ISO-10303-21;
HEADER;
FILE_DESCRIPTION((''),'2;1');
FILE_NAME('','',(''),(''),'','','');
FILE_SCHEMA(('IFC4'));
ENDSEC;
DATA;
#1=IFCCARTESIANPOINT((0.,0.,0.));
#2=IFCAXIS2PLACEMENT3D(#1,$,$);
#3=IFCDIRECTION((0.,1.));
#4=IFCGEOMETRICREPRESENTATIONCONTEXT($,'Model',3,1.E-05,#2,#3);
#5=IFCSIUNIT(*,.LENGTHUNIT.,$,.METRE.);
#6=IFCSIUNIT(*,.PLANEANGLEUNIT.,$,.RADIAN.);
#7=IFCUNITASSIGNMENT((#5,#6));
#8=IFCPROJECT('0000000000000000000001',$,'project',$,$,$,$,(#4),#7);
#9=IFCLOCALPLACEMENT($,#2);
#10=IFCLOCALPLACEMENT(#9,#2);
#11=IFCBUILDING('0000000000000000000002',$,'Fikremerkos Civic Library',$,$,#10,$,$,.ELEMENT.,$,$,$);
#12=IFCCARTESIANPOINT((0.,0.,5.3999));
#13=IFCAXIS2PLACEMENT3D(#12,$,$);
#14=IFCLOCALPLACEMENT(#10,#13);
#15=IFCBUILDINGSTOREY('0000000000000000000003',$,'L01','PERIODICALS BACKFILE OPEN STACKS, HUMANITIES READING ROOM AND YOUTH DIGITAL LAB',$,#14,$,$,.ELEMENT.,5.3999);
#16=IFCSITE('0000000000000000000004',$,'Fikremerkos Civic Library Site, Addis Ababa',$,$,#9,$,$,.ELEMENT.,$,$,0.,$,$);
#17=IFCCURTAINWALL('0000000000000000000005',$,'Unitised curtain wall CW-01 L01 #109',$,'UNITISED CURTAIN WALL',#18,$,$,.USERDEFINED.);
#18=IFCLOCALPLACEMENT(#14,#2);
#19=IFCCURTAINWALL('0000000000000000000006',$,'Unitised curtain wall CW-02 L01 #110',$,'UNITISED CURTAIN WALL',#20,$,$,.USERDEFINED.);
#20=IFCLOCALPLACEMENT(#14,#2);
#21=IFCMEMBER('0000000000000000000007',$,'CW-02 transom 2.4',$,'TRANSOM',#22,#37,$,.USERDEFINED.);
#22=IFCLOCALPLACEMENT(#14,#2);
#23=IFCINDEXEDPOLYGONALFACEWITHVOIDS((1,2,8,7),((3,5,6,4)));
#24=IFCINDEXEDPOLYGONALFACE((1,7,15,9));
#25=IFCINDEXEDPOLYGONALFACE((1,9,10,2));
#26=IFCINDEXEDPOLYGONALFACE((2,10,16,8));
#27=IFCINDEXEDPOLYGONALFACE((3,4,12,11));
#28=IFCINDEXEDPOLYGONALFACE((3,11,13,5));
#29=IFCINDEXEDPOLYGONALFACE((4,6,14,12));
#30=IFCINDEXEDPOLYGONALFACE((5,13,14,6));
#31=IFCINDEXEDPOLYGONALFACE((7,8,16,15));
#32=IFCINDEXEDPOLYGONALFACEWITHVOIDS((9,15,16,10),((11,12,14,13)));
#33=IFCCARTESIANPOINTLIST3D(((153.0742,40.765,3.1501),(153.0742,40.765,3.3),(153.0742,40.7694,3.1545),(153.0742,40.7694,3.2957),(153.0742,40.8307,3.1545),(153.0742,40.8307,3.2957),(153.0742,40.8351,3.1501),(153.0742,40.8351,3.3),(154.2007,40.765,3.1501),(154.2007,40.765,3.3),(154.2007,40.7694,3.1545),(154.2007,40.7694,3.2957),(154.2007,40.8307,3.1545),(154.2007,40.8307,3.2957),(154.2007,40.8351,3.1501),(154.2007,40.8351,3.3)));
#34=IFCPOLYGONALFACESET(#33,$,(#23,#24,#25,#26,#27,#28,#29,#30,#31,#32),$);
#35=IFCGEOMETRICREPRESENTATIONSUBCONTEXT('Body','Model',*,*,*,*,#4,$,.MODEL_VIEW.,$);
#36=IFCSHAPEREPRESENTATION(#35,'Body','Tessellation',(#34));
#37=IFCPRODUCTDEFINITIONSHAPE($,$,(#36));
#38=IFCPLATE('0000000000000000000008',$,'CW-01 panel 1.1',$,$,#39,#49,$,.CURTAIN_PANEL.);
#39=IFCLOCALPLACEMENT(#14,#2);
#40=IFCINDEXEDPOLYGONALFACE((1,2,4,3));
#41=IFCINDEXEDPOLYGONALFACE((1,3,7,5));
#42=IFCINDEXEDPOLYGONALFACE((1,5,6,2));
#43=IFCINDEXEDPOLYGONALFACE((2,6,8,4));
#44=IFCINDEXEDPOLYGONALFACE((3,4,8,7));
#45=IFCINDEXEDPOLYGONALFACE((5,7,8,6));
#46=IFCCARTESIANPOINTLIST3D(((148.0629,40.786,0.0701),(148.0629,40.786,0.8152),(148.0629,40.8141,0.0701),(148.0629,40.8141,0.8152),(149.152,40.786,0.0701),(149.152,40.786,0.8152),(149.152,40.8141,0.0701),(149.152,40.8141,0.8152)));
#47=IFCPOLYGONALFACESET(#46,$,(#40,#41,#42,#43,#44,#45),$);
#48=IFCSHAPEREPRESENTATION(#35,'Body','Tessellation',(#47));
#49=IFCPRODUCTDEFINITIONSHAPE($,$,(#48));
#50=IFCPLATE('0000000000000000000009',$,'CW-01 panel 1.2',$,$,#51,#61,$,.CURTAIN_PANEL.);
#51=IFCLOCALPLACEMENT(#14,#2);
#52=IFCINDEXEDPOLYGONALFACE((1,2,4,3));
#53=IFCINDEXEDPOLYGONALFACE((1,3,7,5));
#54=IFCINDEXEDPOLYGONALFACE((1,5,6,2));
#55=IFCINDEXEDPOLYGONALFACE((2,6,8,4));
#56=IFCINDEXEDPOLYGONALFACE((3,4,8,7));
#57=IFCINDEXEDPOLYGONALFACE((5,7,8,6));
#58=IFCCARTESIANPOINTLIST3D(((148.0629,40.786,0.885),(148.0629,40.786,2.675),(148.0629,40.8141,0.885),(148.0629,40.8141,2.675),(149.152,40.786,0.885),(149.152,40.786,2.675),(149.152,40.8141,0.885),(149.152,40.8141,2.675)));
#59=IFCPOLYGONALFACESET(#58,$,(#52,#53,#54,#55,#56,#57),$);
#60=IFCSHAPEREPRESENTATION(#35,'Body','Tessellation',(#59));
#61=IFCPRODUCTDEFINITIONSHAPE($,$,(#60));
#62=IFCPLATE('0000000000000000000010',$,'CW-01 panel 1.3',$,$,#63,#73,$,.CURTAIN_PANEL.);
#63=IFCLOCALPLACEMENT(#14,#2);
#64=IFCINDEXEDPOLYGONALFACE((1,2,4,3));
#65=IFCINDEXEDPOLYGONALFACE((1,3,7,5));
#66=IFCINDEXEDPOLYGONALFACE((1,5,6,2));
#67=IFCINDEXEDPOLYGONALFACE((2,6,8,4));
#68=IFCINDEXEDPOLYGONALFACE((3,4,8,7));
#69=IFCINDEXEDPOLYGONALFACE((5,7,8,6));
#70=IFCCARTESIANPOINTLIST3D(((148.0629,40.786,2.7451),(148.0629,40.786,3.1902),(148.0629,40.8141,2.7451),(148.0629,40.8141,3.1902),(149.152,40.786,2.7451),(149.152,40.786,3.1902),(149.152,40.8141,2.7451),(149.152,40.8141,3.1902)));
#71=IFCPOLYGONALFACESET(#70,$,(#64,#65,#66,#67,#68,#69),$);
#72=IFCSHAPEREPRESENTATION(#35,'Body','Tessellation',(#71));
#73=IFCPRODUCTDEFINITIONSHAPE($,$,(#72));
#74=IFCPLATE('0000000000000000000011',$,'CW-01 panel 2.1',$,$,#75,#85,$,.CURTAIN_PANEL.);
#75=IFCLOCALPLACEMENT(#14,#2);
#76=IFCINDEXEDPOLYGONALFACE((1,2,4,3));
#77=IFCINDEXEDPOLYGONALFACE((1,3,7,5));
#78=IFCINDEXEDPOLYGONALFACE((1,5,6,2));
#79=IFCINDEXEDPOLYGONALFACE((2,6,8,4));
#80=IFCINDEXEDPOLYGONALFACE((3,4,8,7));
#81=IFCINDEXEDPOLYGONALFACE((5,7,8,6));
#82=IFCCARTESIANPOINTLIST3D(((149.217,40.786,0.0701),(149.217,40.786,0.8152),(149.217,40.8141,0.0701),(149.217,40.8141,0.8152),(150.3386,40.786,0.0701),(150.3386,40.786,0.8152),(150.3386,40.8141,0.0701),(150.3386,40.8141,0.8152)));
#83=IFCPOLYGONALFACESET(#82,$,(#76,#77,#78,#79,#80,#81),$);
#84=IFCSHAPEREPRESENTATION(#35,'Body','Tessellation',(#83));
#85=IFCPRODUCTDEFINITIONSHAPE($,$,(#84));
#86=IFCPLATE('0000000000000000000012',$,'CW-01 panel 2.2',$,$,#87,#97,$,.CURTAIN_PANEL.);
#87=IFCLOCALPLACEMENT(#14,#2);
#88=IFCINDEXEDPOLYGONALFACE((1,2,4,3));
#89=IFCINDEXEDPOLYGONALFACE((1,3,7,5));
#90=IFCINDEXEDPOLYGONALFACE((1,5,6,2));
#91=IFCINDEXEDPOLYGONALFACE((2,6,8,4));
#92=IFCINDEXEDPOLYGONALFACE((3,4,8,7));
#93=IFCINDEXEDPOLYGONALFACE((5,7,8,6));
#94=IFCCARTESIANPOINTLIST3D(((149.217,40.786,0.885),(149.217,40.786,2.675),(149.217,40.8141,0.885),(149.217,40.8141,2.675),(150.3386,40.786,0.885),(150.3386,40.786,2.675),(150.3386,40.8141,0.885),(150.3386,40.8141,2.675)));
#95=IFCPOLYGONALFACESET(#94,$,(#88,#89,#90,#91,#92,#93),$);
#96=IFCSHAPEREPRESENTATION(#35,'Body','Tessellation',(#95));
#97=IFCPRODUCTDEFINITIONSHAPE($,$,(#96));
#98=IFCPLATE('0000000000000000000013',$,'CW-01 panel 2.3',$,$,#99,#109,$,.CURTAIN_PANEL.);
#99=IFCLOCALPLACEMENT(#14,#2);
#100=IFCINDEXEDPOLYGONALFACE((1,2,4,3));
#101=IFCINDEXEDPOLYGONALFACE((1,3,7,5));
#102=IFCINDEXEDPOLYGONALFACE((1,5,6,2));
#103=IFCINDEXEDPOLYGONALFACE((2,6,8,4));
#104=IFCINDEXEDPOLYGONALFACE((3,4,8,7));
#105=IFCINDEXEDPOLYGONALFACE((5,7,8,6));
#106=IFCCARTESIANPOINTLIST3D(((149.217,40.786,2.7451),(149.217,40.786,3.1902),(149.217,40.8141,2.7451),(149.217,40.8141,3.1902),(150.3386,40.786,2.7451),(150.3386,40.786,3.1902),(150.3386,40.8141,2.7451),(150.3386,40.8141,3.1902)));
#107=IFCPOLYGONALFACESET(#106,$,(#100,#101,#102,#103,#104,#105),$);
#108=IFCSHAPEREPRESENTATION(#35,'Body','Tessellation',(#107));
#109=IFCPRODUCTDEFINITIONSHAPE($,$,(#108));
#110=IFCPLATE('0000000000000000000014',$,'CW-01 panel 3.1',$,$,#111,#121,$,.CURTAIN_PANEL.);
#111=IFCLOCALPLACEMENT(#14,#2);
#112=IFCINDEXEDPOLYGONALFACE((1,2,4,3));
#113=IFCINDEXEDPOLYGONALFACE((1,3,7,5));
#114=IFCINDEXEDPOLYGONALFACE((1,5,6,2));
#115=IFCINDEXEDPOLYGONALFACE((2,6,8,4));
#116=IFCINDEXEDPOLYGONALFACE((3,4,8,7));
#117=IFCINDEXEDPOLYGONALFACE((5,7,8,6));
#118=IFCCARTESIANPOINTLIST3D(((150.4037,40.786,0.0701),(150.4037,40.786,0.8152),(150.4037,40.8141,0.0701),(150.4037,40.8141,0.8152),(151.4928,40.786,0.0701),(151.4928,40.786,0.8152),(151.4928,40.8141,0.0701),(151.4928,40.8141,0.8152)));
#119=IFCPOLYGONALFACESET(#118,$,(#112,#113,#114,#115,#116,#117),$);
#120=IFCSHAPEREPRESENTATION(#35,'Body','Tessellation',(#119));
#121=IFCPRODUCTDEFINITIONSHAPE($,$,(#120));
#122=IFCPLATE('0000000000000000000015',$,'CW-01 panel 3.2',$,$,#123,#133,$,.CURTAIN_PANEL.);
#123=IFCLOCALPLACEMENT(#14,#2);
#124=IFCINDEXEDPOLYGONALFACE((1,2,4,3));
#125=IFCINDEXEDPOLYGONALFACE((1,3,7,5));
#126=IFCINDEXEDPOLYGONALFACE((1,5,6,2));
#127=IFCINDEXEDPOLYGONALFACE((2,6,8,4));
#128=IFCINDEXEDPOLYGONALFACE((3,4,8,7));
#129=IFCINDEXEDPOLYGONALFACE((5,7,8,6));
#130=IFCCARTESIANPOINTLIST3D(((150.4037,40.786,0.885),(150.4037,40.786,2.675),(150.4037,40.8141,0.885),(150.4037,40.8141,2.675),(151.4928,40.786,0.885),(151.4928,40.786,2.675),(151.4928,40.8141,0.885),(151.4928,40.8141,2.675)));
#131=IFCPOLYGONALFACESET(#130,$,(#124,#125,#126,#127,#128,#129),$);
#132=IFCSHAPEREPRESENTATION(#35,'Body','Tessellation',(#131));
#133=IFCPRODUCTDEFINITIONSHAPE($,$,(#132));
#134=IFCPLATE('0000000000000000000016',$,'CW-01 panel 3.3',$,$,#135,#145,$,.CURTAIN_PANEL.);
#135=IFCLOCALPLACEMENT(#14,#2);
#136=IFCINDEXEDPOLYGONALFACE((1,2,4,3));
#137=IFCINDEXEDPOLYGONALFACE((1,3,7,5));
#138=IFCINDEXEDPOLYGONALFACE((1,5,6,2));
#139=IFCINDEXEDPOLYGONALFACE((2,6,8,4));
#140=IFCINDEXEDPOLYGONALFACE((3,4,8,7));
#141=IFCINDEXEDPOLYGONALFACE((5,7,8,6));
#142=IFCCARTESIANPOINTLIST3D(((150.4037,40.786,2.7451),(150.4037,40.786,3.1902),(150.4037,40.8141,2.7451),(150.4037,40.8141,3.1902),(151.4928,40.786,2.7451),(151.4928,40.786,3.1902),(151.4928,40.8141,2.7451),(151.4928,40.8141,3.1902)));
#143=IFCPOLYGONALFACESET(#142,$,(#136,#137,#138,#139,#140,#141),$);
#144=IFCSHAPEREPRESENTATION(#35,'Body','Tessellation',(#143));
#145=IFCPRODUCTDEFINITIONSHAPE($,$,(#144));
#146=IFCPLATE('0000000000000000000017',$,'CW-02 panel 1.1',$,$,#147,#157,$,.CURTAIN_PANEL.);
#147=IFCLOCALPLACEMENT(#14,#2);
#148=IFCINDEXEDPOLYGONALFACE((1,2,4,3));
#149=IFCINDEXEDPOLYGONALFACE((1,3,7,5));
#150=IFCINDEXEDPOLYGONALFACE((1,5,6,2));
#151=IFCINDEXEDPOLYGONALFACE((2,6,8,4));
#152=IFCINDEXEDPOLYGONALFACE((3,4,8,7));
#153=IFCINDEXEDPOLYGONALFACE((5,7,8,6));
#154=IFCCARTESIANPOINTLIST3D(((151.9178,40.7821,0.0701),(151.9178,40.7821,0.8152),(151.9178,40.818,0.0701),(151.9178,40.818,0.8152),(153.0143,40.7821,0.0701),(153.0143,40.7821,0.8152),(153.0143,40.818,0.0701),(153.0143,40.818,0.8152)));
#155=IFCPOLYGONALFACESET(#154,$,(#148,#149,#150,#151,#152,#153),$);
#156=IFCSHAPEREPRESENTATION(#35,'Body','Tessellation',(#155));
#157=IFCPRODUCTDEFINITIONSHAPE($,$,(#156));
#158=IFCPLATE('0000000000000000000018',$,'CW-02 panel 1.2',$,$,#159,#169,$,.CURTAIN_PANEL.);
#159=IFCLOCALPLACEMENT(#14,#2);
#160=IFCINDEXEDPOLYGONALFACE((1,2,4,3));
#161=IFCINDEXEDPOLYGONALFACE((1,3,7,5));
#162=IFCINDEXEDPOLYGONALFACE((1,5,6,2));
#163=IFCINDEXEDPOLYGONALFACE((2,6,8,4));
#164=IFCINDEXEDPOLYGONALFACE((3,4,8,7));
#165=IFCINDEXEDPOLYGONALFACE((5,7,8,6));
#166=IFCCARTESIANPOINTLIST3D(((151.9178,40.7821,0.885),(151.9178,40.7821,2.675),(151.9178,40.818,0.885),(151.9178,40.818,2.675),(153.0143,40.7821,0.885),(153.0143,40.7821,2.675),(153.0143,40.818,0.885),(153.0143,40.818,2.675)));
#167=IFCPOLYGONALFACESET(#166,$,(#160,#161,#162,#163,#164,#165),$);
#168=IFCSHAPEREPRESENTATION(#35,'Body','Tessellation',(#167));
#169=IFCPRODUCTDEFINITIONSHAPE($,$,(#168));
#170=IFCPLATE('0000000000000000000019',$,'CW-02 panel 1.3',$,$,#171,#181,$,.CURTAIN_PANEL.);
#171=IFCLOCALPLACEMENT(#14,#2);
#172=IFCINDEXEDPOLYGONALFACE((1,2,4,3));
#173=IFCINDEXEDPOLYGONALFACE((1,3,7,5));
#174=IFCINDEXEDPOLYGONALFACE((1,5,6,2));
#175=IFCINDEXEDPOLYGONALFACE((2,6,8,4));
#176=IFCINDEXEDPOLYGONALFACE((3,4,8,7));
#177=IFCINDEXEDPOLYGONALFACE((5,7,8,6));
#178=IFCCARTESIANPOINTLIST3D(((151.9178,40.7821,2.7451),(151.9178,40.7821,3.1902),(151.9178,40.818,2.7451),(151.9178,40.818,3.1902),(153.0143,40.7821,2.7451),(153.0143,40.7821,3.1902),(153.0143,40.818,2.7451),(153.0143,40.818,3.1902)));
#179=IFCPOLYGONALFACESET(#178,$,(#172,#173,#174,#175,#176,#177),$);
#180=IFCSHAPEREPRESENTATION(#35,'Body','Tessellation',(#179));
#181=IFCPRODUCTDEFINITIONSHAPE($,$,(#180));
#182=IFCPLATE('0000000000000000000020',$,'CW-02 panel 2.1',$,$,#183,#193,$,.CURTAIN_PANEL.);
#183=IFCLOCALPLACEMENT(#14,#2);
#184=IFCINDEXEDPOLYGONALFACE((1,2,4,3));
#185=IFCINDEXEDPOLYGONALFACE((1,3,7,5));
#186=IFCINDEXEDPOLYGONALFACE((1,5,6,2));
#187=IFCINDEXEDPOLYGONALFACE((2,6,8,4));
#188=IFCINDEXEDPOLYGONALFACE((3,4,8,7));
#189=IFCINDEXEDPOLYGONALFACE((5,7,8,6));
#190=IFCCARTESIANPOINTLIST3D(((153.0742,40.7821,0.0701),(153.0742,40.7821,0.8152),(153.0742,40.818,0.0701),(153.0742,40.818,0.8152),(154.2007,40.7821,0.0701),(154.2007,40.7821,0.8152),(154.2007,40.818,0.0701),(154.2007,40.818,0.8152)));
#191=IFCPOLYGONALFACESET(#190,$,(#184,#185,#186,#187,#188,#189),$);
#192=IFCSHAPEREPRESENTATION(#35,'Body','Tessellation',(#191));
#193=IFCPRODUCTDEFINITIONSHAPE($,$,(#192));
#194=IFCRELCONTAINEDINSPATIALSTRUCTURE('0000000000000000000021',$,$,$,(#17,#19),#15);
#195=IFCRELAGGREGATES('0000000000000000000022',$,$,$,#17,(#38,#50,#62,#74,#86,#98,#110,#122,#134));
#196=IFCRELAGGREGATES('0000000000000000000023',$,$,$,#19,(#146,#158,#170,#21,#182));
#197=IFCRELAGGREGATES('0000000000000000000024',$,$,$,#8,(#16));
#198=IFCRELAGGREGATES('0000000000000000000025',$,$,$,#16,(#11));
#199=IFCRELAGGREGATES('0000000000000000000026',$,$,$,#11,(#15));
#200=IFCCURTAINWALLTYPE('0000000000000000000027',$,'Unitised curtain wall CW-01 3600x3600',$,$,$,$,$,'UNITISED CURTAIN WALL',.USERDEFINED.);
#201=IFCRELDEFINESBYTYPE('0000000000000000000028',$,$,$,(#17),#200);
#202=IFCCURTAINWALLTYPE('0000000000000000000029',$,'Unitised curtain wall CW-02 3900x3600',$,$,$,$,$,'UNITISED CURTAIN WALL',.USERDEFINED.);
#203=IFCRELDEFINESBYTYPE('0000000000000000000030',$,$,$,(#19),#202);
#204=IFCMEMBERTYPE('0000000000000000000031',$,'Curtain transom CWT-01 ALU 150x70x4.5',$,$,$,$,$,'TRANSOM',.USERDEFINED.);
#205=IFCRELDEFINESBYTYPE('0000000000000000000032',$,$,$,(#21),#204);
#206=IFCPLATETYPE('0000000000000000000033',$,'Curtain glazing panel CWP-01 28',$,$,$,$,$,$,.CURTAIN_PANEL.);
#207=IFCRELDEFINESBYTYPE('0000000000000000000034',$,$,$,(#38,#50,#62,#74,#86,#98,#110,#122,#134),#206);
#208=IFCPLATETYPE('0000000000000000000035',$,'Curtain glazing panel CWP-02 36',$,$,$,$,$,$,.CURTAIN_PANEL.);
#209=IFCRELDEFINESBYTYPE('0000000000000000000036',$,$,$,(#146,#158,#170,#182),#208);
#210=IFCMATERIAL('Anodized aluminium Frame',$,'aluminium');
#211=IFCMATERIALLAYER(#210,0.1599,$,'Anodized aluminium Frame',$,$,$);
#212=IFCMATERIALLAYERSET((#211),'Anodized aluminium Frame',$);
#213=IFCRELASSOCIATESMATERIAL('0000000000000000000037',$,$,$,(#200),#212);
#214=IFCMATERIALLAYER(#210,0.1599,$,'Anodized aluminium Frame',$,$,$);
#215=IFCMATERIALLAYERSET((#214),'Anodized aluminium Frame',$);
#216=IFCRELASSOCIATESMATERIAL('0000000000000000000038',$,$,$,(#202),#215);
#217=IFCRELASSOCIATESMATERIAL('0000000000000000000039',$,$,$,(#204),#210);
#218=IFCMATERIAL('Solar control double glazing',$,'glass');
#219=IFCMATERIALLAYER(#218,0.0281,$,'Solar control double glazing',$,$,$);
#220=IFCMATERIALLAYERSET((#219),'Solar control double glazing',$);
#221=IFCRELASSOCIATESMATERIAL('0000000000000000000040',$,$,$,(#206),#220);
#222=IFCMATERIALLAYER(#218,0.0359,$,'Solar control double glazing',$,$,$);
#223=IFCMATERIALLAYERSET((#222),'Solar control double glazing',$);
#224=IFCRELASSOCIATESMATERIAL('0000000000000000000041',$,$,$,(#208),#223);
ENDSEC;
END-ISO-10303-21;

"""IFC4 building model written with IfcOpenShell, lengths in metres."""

from ifc_helpers import new_model, si_unit, direction, frame, origin, origin_2d, place, context, subcontext, project, spatial, rectangle, hollow_rectangle, extrude, material, layer, layer_set, material_profile, profile_set, type_object, element, aggregate, save


model = new_model("IFC4")

# Units and contexts
model_context = context("Model", 3, precision=1e-05, world=origin(), true_north=direction((0.0, 1.0)))
body_context = subcontext(model_context, "Body", "Model", "MODEL_VIEW")
ifc_project = project(units=[si_unit("LENGTHUNIT", "METRE"), si_unit("PLANEANGLEUNIT", "RADIAN")], contexts=[model_context])

# Site, building, storey
site_placement = place(None, origin())
site = spatial("IfcSite", under=ifc_project, at=site_placement, Name="Fikremerkos Civic Library Site, Addis Ababa", CompositionType="ELEMENT", RefElevation=0.0)
building_placement = place(site_placement, origin())
building = spatial("IfcBuilding", under=site, at=building_placement, Name="Fikremerkos Civic Library", CompositionType="ELEMENT")
storey_placement = place(building_placement, frame((0.0, 0.0, 5.3999)))
storey = spatial("IfcBuildingStorey", under=building, at=storey_placement, Name="L01", Description="PERIODICALS BACKFILE OPEN STACKS, HUMANITIES READING ROOM AND YOUTH DIGITAL LAB", CompositionType="ELEMENT", Elevation=5.3999)

# Curtain walls
ifc_material_1 = material(Name="Anodized aluminium Frame", Category="aluminium")
ifc_layer_1 = layer(ifc_material_1, 0.1599, Name="Anodized aluminium Frame")
ifc_layer_set_1 = layer_set([ifc_layer_1], Name="Anodized aluminium Frame")
curtain_wall_type_1 = type_object("IfcCurtainWallType", Name="Unitised curtain wall CW-01 3600x3600", ElementType="UNITISED CURTAIN WALL", PredefinedType="USERDEFINED", material=ifc_layer_set_1)
curtain_wall_1_placement = place(storey_placement, origin())
curtain_wall_1 = element("IfcCurtainWall", 1, at=curtain_wall_1_placement, inside=storey, type_object=curtain_wall_type_1, Name="Unitised curtain wall CW-01 L01 #109", ObjectType="UNITISED CURTAIN WALL", PredefinedType="USERDEFINED")
ifc_layer_2 = layer(ifc_material_1, 0.1599, Name="Anodized aluminium Frame")
ifc_layer_set_2 = layer_set([ifc_layer_2], Name="Anodized aluminium Frame")
curtain_wall_type_2 = type_object("IfcCurtainWallType", Name="Unitised curtain wall CW-02 3900x3600", ElementType="UNITISED CURTAIN WALL", PredefinedType="USERDEFINED", material=ifc_layer_set_2)
curtain_wall_2_placement = place(storey_placement, origin())
curtain_wall_2 = element("IfcCurtainWall", 2, at=curtain_wall_2_placement, inside=storey, type_object=curtain_wall_type_2, Name="Unitised curtain wall CW-02 L01 #110", ObjectType="UNITISED CURTAIN WALL", PredefinedType="USERDEFINED")

# Member
ifc_material_profile_1 = material_profile(ifc_material_1, hollow_rectangle(XDim=0.0701, YDim=0.1499, WallThickness=0.0044, at=origin_2d()), Name="ALU 150x70x4.5")
ifc_profile_set_1 = profile_set([ifc_material_profile_1], Name="Anodized aluminium Frame")
member_type_1 = type_object("IfcMemberType", Name="Curtain transom CWT-01 ALU 150x70x4.5", ElementType="TRANSOM", PredefinedType="USERDEFINED", material=ifc_profile_set_1)
member_1_placement = place(storey_placement, frame((153.0742, 40.8, 3.2251), z_axis=(1.0, 0.0, 0.0), x_axis=(0.0, 1.0, 0.0)))
member_1 = element("IfcMember", 3, at=member_1_placement, type_object=member_type_1, Name="CW-02 transom 2.4", ObjectType="TRANSOM", PredefinedType="USERDEFINED", context=body_context, shape_type="SweptSolid", body=[
    extrude(hollow_rectangle(XDim=0.0701, YDim=0.1499, WallThickness=0.0044, at=origin_2d()), origin(), (0.0, 0.0, 1.0), 1.1265),
])

# Plates
ifc_material_2 = material(Name="Solar control double glazing", Category="glass")
ifc_layer_3 = layer(ifc_material_2, 0.0281, Name="Solar control double glazing")
ifc_layer_set_3 = layer_set([ifc_layer_3], Name="Solar control double glazing")
plate_type_1 = type_object("IfcPlateType", Name="Curtain glazing panel CWP-01 28", PredefinedType="CURTAIN_PANEL", material=ifc_layer_set_3)
plate_1_placement = place(storey_placement, frame((148.6074, 40.8, 0.0701), z_axis=(0.0, 0.0, 1.0), x_axis=(1.0, 0.0, 0.0)))
plate_1 = element("IfcPlate", 4, at=plate_1_placement, type_object=plate_type_1, Name="CW-01 panel 1.1", PredefinedType="CURTAIN_PANEL", context=body_context, shape_type="SweptSolid", body=[
    extrude(rectangle(XDim=1.0891, YDim=0.0281, at=origin_2d()), origin(), (0.0, 0.0, 1.0), 0.7451),
])
plate_2_placement = place(storey_placement, frame((148.6074, 40.8, 0.885), z_axis=(0.0, 0.0, 1.0), x_axis=(1.0, 0.0, 0.0)))
plate_2 = element("IfcPlate", 5, at=plate_2_placement, type_object=plate_type_1, Name="CW-01 panel 1.2", PredefinedType="CURTAIN_PANEL", context=body_context, shape_type="SweptSolid", body=[
    extrude(rectangle(XDim=1.0891, YDim=0.0281, at=origin_2d()), origin(), (0.0, 0.0, 1.0), 1.79),
])
plate_3_placement = place(storey_placement, frame((148.6074, 40.8, 2.7451), z_axis=(0.0, 0.0, 1.0), x_axis=(1.0, 0.0, 0.0)))
plate_3 = element("IfcPlate", 6, at=plate_3_placement, type_object=plate_type_1, Name="CW-01 panel 1.3", PredefinedType="CURTAIN_PANEL", context=body_context, shape_type="SweptSolid", body=[
    extrude(rectangle(XDim=1.0891, YDim=0.0281, at=origin_2d()), origin(), (0.0, 0.0, 1.0), 0.4451),
])
plate_4_placement = place(storey_placement, frame((149.7778, 40.8, 0.0701), z_axis=(0.0, 0.0, 1.0), x_axis=(1.0, 0.0, 0.0)))
plate_4 = element("IfcPlate", 7, at=plate_4_placement, type_object=plate_type_1, Name="CW-01 panel 2.1", PredefinedType="CURTAIN_PANEL", context=body_context, shape_type="SweptSolid", body=[
    extrude(rectangle(XDim=1.1216, YDim=0.0281, at=origin_2d()), origin(), (0.0, 0.0, 1.0), 0.7451),
])
plate_5_placement = place(storey_placement, frame((149.7778, 40.8, 0.885), z_axis=(0.0, 0.0, 1.0), x_axis=(1.0, 0.0, 0.0)))
plate_5 = element("IfcPlate", 8, at=plate_5_placement, type_object=plate_type_1, Name="CW-01 panel 2.2", PredefinedType="CURTAIN_PANEL", context=body_context, shape_type="SweptSolid", body=[
    extrude(rectangle(XDim=1.1216, YDim=0.0281, at=origin_2d()), origin(), (0.0, 0.0, 1.0), 1.79),
])
plate_6_placement = place(storey_placement, frame((149.7778, 40.8, 2.7451), z_axis=(0.0, 0.0, 1.0), x_axis=(1.0, 0.0, 0.0)))
plate_6 = element("IfcPlate", 9, at=plate_6_placement, type_object=plate_type_1, Name="CW-01 panel 2.3", PredefinedType="CURTAIN_PANEL", context=body_context, shape_type="SweptSolid", body=[
    extrude(rectangle(XDim=1.1216, YDim=0.0281, at=origin_2d()), origin(), (0.0, 0.0, 1.0), 0.4451),
])
plate_7_placement = place(storey_placement, frame((150.9482, 40.8, 0.0701), z_axis=(0.0, 0.0, 1.0), x_axis=(1.0, 0.0, 0.0)))
plate_7 = element("IfcPlate", 10, at=plate_7_placement, type_object=plate_type_1, Name="CW-01 panel 3.1", PredefinedType="CURTAIN_PANEL", context=body_context, shape_type="SweptSolid", body=[
    extrude(rectangle(XDim=1.0891, YDim=0.0281, at=origin_2d()), origin(), (0.0, 0.0, 1.0), 0.7451),
])
plate_8_placement = place(storey_placement, frame((150.9482, 40.8, 0.885), z_axis=(0.0, 0.0, 1.0), x_axis=(1.0, 0.0, 0.0)))
plate_8 = element("IfcPlate", 11, at=plate_8_placement, type_object=plate_type_1, Name="CW-01 panel 3.2", PredefinedType="CURTAIN_PANEL", context=body_context, shape_type="SweptSolid", body=[
    extrude(rectangle(XDim=1.0891, YDim=0.0281, at=origin_2d()), origin(), (0.0, 0.0, 1.0), 1.79),
])
plate_9_placement = place(storey_placement, frame((150.9482, 40.8, 2.7451), z_axis=(0.0, 0.0, 1.0), x_axis=(1.0, 0.0, 0.0)))
plate_9 = element("IfcPlate", 12, at=plate_9_placement, type_object=plate_type_1, Name="CW-01 panel 3.3", PredefinedType="CURTAIN_PANEL", context=body_context, shape_type="SweptSolid", body=[
    extrude(rectangle(XDim=1.0891, YDim=0.0281, at=origin_2d()), origin(), (0.0, 0.0, 1.0), 0.4451),
])
aggregate(curtain_wall_1, [plate_1, plate_2, plate_3, plate_4, plate_5, plate_6, plate_7, plate_8, plate_9])
ifc_layer_4 = layer(ifc_material_2, 0.0359, Name="Solar control double glazing")
ifc_layer_set_4 = layer_set([ifc_layer_4], Name="Solar control double glazing")
plate_type_2 = type_object("IfcPlateType", Name="Curtain glazing panel CWP-02 36", PredefinedType="CURTAIN_PANEL", material=ifc_layer_set_4)
plate_10_placement = place(storey_placement, frame((152.4661, 40.8, 0.0701), z_axis=(0.0, 0.0, 1.0), x_axis=(1.0, 0.0, 0.0)))
plate_10 = element("IfcPlate", 13, at=plate_10_placement, type_object=plate_type_2, Name="CW-02 panel 1.1", PredefinedType="CURTAIN_PANEL", context=body_context, shape_type="SweptSolid", body=[
    extrude(rectangle(XDim=1.0964, YDim=0.0359, at=origin_2d()), origin(), (0.0, 0.0, 1.0), 0.7451),
])
plate_11_placement = place(storey_placement, frame((152.4661, 40.8, 0.885), z_axis=(0.0, 0.0, 1.0), x_axis=(1.0, 0.0, 0.0)))
plate_11 = element("IfcPlate", 14, at=plate_11_placement, type_object=plate_type_2, Name="CW-02 panel 1.2", PredefinedType="CURTAIN_PANEL", context=body_context, shape_type="SweptSolid", body=[
    extrude(rectangle(XDim=1.0964, YDim=0.0359, at=origin_2d()), origin(), (0.0, 0.0, 1.0), 1.79),
])
plate_12_placement = place(storey_placement, frame((152.4661, 40.8, 2.7451), z_axis=(0.0, 0.0, 1.0), x_axis=(1.0, 0.0, 0.0)))
plate_12 = element("IfcPlate", 15, at=plate_12_placement, type_object=plate_type_2, Name="CW-02 panel 1.3", PredefinedType="CURTAIN_PANEL", context=body_context, shape_type="SweptSolid", body=[
    extrude(rectangle(XDim=1.0964, YDim=0.0359, at=origin_2d()), origin(), (0.0, 0.0, 1.0), 0.4451),
])
plate_13_placement = place(storey_placement, frame((153.6375, 40.8, 0.0701), z_axis=(0.0, 0.0, 1.0), x_axis=(1.0, 0.0, 0.0)))
plate_13 = element("IfcPlate", 16, at=plate_13_placement, type_object=plate_type_2, Name="CW-02 panel 2.1", PredefinedType="CURTAIN_PANEL", context=body_context, shape_type="SweptSolid", body=[
    extrude(rectangle(XDim=1.1265, YDim=0.0359, at=origin_2d()), origin(), (0.0, 0.0, 1.0), 0.7451),
])
aggregate(curtain_wall_2, [plate_10, plate_11, plate_12, member_1, plate_13])

save(model, "model.ifc")
